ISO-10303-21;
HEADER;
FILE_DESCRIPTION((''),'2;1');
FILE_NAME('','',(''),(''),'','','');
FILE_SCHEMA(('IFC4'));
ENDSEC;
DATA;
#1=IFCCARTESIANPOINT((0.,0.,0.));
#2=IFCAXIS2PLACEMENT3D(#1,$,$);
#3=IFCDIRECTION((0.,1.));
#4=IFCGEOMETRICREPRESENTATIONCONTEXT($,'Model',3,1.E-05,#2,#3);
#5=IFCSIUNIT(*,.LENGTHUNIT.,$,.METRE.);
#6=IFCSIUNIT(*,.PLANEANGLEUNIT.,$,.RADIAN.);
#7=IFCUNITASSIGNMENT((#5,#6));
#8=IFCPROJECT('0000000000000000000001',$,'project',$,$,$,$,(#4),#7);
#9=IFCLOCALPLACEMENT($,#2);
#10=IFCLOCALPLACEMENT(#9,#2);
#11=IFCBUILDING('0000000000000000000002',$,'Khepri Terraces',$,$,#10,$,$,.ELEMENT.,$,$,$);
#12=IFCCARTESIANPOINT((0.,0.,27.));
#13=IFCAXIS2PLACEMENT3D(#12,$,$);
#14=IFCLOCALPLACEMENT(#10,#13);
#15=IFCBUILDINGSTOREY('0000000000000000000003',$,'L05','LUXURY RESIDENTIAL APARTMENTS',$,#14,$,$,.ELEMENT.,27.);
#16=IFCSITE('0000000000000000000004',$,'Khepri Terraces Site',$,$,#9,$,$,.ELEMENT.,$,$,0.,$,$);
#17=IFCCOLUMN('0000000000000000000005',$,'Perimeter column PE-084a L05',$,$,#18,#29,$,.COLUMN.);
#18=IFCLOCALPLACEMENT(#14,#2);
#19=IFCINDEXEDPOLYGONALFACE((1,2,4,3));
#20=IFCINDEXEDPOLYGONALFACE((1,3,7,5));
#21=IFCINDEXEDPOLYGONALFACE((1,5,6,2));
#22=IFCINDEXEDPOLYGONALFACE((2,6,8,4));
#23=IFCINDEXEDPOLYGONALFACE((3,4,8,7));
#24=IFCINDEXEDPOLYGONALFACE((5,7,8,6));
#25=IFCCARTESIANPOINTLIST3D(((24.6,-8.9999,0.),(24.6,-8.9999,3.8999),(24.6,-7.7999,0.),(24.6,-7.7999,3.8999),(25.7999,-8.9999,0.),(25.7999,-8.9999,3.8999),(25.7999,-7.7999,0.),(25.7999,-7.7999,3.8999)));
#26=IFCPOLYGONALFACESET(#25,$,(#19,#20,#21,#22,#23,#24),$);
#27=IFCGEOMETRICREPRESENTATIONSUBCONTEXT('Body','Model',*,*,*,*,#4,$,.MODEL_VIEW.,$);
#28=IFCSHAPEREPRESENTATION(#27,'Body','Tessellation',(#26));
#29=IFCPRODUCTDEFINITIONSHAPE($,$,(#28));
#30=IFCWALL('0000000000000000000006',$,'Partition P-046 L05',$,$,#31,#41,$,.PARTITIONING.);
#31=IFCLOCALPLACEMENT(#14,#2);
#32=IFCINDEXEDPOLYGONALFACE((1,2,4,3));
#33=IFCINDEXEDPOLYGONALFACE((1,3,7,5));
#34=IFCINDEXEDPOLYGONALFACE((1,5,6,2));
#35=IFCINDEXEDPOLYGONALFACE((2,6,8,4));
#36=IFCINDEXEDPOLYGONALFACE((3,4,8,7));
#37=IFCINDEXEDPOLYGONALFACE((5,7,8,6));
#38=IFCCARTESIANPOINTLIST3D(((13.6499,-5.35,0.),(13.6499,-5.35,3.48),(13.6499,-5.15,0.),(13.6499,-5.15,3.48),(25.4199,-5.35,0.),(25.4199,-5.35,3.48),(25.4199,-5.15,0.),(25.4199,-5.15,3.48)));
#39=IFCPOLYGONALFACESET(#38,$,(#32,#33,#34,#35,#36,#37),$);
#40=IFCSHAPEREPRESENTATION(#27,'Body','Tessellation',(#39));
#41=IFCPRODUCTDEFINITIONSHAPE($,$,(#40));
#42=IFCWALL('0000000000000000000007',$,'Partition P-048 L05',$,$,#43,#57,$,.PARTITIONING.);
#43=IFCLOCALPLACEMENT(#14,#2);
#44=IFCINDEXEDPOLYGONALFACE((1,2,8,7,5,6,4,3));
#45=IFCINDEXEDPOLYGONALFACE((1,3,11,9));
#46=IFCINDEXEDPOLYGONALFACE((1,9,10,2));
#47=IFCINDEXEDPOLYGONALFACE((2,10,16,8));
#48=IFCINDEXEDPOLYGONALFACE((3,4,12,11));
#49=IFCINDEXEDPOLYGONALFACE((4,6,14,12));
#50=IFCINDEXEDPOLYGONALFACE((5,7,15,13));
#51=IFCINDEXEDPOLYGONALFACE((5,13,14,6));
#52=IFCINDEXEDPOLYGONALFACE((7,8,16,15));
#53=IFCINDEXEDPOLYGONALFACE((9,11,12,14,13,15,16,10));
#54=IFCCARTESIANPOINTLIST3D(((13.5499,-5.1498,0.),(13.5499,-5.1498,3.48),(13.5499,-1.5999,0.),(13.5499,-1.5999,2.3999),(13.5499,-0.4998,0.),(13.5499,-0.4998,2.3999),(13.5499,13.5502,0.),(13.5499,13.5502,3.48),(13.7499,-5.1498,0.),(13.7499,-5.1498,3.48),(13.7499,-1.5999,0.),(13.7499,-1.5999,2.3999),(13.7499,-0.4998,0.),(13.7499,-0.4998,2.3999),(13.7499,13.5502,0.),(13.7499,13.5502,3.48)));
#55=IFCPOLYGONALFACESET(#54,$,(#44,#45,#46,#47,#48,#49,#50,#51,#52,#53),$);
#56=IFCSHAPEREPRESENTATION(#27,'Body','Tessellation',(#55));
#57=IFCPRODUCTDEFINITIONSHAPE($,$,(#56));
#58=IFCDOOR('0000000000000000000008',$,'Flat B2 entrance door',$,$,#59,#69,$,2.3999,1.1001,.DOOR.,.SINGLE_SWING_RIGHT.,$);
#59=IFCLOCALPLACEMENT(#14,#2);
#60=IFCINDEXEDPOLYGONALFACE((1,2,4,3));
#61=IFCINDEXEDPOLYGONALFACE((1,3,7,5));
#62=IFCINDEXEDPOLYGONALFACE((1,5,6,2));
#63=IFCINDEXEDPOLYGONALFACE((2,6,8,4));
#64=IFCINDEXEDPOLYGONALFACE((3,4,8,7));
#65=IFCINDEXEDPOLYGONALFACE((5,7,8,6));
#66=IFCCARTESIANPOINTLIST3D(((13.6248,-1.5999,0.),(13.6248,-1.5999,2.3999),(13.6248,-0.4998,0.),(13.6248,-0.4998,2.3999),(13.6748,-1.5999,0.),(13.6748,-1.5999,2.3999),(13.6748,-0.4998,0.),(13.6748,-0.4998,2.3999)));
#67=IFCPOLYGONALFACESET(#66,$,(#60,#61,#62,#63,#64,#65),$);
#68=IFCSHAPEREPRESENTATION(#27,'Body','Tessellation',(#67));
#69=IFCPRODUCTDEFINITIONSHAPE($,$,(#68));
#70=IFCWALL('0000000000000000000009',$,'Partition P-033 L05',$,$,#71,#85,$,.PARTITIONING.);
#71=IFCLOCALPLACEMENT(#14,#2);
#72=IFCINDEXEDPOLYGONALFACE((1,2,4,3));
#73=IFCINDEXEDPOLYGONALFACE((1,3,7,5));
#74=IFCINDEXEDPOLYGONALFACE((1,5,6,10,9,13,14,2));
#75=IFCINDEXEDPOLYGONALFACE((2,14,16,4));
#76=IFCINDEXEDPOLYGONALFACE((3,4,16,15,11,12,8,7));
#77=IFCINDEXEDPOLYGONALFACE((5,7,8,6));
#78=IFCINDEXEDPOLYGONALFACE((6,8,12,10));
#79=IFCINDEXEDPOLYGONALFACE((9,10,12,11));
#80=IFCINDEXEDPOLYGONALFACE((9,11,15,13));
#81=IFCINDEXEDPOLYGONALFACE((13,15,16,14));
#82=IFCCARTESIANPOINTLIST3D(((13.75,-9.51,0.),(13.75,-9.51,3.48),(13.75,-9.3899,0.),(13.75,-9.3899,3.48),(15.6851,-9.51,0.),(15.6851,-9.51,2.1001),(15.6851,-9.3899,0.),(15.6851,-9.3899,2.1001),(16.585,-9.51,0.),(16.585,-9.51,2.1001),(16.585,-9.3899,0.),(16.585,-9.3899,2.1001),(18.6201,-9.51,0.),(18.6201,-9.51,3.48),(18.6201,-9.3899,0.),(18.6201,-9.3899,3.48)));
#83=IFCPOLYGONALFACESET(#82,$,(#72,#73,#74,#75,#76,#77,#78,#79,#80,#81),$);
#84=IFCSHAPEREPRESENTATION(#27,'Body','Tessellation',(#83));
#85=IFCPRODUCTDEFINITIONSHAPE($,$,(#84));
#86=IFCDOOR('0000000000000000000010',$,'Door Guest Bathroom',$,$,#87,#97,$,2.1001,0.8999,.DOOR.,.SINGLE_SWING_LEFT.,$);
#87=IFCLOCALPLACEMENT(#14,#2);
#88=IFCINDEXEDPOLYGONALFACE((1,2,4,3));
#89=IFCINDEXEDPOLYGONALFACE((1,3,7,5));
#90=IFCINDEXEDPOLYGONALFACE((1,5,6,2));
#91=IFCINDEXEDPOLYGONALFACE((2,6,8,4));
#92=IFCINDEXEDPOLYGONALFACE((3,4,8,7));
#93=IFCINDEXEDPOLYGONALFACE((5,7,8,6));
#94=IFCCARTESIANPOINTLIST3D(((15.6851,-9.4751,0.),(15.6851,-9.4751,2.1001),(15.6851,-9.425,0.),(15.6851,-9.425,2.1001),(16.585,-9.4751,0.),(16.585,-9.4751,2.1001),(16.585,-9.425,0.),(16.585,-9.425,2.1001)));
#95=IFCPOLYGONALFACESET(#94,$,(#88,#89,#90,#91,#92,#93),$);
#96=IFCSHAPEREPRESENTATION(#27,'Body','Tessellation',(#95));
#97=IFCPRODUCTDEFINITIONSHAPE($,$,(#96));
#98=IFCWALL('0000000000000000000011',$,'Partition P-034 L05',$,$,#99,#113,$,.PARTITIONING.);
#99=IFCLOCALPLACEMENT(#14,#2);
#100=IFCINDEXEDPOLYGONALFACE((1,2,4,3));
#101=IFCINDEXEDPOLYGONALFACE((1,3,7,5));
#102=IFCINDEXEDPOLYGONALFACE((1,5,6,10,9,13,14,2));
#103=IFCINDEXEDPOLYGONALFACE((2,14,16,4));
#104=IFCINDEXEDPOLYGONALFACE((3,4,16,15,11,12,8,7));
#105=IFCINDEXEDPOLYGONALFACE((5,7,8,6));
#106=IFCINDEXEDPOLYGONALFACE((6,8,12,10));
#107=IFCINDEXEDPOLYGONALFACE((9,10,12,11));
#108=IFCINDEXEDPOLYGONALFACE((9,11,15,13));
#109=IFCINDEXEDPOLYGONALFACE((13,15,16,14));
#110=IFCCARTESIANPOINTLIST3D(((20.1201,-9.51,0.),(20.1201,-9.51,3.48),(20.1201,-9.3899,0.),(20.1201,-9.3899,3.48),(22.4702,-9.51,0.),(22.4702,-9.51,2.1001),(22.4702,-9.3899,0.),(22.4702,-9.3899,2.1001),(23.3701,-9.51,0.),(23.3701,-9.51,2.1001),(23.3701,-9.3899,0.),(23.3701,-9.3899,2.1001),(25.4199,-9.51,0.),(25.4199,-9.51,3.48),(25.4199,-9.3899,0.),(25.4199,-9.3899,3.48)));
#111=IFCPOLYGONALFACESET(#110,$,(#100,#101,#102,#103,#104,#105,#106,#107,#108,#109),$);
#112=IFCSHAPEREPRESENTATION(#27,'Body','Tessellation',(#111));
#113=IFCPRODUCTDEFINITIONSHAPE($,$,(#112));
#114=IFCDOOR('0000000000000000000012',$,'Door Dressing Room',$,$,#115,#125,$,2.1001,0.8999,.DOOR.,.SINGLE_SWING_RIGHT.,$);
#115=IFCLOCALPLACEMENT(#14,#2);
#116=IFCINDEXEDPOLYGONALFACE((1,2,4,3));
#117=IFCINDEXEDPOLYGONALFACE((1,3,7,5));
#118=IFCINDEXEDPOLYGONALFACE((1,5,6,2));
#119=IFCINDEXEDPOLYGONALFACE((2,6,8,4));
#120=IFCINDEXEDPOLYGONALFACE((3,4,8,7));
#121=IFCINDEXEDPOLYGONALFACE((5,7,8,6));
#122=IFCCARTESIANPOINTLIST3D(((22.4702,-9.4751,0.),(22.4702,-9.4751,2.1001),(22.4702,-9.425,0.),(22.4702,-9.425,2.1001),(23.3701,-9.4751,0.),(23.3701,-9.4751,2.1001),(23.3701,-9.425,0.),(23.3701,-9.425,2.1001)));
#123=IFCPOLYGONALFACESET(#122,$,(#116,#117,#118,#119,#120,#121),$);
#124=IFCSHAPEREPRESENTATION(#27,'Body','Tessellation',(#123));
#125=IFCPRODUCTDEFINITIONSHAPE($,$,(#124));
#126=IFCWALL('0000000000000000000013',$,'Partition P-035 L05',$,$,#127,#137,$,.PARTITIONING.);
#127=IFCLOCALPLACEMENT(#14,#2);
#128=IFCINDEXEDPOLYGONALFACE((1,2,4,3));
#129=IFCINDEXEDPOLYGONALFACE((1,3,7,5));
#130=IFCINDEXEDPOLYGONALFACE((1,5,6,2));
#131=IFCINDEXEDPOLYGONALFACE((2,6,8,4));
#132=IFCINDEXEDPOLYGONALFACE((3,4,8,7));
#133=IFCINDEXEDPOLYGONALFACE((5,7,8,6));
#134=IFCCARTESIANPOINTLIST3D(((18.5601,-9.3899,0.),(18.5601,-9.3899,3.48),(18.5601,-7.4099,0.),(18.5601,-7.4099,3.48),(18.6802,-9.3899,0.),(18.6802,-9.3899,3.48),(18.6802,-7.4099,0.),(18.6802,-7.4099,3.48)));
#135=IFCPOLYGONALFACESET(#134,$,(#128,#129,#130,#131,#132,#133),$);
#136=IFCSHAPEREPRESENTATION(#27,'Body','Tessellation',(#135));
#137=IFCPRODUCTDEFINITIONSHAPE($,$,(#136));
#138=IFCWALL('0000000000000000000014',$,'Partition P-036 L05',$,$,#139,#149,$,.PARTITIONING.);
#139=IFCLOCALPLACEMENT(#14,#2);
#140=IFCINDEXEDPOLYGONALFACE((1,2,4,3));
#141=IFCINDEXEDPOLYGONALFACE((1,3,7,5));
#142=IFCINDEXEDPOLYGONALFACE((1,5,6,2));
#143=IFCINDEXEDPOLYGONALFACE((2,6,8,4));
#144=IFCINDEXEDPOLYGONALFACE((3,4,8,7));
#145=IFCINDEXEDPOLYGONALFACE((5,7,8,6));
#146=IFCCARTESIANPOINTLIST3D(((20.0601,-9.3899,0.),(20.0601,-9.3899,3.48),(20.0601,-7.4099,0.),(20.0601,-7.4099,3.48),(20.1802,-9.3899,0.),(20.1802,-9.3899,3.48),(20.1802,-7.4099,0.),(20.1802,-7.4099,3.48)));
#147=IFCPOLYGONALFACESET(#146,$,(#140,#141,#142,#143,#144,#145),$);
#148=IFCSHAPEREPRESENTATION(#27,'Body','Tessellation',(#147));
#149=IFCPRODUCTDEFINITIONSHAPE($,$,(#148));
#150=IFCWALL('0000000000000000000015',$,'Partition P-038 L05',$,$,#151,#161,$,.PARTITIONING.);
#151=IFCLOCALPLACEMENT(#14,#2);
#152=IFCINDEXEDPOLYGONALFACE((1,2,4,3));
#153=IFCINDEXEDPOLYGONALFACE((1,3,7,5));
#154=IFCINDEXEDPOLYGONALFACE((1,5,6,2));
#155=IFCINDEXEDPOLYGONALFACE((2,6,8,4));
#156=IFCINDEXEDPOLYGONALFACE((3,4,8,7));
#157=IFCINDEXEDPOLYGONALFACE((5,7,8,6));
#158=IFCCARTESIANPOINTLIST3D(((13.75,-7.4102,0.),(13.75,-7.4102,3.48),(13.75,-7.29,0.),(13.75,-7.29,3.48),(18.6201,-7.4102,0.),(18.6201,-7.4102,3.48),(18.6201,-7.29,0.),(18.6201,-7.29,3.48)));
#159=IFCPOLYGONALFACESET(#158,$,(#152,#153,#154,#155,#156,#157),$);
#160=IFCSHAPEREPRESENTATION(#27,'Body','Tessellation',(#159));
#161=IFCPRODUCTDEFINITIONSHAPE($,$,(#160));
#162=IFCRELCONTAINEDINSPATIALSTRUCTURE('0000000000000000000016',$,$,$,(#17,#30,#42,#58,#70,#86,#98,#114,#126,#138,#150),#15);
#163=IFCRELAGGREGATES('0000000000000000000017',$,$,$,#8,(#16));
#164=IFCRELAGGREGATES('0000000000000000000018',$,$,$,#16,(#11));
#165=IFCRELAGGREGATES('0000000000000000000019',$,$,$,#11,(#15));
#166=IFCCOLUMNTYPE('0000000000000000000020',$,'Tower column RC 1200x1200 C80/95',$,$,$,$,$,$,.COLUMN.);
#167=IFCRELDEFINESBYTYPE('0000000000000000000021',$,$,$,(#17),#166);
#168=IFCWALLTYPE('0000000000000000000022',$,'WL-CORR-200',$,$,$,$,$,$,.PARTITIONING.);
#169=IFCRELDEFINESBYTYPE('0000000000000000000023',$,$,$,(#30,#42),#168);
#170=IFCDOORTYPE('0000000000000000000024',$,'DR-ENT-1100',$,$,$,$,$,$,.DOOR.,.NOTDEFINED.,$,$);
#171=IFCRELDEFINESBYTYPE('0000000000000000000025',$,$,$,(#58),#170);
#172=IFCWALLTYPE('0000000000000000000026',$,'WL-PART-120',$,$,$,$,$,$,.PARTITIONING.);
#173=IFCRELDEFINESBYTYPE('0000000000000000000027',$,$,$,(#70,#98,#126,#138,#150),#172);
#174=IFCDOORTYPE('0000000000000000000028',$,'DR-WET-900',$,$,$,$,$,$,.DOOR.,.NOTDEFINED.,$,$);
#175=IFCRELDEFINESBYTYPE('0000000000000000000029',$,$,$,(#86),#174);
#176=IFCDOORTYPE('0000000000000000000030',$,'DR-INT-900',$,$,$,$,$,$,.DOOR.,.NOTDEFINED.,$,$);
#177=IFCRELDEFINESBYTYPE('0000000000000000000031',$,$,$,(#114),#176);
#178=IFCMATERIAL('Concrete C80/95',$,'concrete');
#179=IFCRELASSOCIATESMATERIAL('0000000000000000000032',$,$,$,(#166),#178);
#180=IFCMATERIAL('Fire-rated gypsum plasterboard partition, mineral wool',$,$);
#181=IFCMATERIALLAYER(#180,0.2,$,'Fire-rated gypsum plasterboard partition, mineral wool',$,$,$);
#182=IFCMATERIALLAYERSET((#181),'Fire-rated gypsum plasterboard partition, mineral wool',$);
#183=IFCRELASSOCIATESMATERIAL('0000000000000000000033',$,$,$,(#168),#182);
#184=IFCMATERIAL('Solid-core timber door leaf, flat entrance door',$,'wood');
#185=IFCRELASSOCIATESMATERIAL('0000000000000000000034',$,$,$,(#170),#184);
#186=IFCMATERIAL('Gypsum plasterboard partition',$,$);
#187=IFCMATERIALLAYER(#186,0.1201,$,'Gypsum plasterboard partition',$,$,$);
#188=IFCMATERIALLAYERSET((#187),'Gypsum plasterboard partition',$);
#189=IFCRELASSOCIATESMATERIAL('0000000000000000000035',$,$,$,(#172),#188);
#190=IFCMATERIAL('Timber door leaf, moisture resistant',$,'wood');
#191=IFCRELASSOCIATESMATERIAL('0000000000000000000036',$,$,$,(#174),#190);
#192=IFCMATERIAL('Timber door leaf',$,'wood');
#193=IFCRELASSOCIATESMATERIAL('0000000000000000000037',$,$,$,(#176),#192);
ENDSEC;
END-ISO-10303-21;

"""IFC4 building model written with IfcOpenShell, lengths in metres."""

from ifc_helpers import new_model, si_unit, direction, frame, frame_2d, origin, origin_2d, place, context, subcontext, project, spatial, rectangle, extrude, material, layer, layer_set, material_profile, profile_set, type_object, element, fill, save


model = new_model("IFC4")

# Units and contexts
model_context = context("Model", 3, precision=1e-05, world=origin(), true_north=direction((0.0, 1.0)))
body_context = subcontext(model_context, "Body", "Model", "MODEL_VIEW")
ifc_project = project(units=[si_unit("LENGTHUNIT", "METRE"), si_unit("PLANEANGLEUNIT", "RADIAN")], contexts=[model_context])

# Site, building, storey
site_placement = place(None, origin())
site = spatial("IfcSite", under=ifc_project, at=site_placement, Name="Khepri Terraces Site", CompositionType="ELEMENT", RefElevation=0.0)
building_placement = place(site_placement, origin())
building = spatial("IfcBuilding", under=site, at=building_placement, Name="Khepri Terraces", CompositionType="ELEMENT")
storey_placement = place(building_placement, frame((0.0, 0.0, 27.0)))
storey = spatial("IfcBuildingStorey", under=building, at=storey_placement, Name="L05", Description="LUXURY RESIDENTIAL APARTMENTS", CompositionType="ELEMENT", Elevation=27.0)

# Column
ifc_material_1 = material(Name="Concrete C80/95", Category="concrete")
ifc_material_profile = material_profile(ifc_material_1, rectangle(XDim=1.2, YDim=1.2, at=origin_2d()), Name="Concrete C80/95", Category="concrete")
ifc_profile_set = profile_set([ifc_material_profile], Name="Concrete C80/95")
column_type = type_object("IfcColumnType", Name="Tower column RC 1200x1200 C80/95", PredefinedType="COLUMN", material=ifc_profile_set)
column_placement = place(storey_placement, frame((25.2, -8.3999, 0.0), z_axis=(0.0, 0.0, 1.0), x_axis=(1.0, 0.0, 0.0)))
element("IfcColumn", 1, at=column_placement, inside=storey, type_object=column_type, Name="Perimeter column PE-084a L05", PredefinedType="COLUMN", context=body_context, shape_type="SweptSolid", body=[
    extrude(rectangle(XDim=1.2, YDim=1.2, at=origin_2d()), origin(), (0.0, 0.0, 1.0), 3.8999),
])

# Wall
ifc_material_2 = material(Name="Fire-rated gypsum plasterboard partition, mineral wool")
ifc_layer_1 = layer(ifc_material_2, 0.2, Name="Fire-rated gypsum plasterboard partition, mineral wool")
ifc_layer_set_1 = layer_set([ifc_layer_1], Name="Fire-rated gypsum plasterboard partition, mineral wool")
wall_type_1 = type_object("IfcWallType", Name="WL-CORR-200", PredefinedType="PARTITIONING", material=ifc_layer_set_1)
wall_1_placement = place(storey_placement, frame((13.6499, -5.25, 0.0), z_axis=(0.0, 0.0, 1.0), x_axis=(1.0, 0.0, 0.0)))
element("IfcWall", 2, at=wall_1_placement, inside=storey, type_object=wall_type_1, Name="Partition P-046 L05", PredefinedType="PARTITIONING", context=body_context, shape_type="SweptSolid", body=[
    extrude(rectangle(XDim=11.77, YDim=0.2, at=frame_2d((5.885, 0.0))), origin(), (0.0, 0.0, 1.0), 3.48),
])

# Wall, opening, door
wall_2_placement = place(storey_placement, frame((13.6499, -5.1499, 0.0), z_axis=(0.0, 0.0, 1.0), x_axis=(0.0, 1.0, 0.0)))
wall_2 = element("IfcWall", 3, at=wall_2_placement, inside=storey, type_object=wall_type_1, Name="Partition P-048 L05", PredefinedType="PARTITIONING", context=body_context, shape_type="SweptSolid", body=[
    extrude(rectangle(XDim=18.7, YDim=0.2, at=frame_2d((9.3501, 0.0))), origin(), (0.0, 0.0, 1.0), 3.48),
])
opening_1_placement = place(wall_2_placement, frame((3.55, 0.0, 0.0)))
opening_1 = element("IfcOpeningElement", 4, at=opening_1_placement, cuts=wall_2, PredefinedType="OPENING", context=body_context, shape_type="SweptSolid", body=[
    extrude(rectangle(XDim=1.1001, YDim=2.3999, at=frame_2d((0.55, 1.2))), frame((0.0, 0.1099, 0.0), z_axis=(0.0, -1.0, 0.0), x_axis=(1.0, 0.0, 0.0)), (0.0, 0.0, 1.0), 0.22),
])
ifc_material_3 = material(Name="Solid-core timber door leaf, flat entrance door", Category="wood")
door_type_1 = type_object("IfcDoorType", Name="DR-ENT-1100", OperationType="NOTDEFINED", PredefinedType="DOOR", material=ifc_material_3)
door_1_placement = place(opening_1_placement, frame((1.1001, 0.0, 0.0), z_axis=(0.0, 0.0, 1.0), x_axis=(-1.0, 0.0, 0.0)))
door_1 = element("IfcDoor", 5, at=door_1_placement, inside=storey, type_object=door_type_1, Name="Flat B2 entrance door", OperationType="SINGLE_SWING_RIGHT", OverallHeight=2.3999, OverallWidth=1.1001, PredefinedType="DOOR", context=body_context, shape_type="SweptSolid", body=[
    extrude(rectangle(XDim=1.1001, YDim=2.3999, at=frame_2d((0.55, 1.2))), frame((0.0, 0.0249, 0.0), z_axis=(0.0, -1.0, 0.0), x_axis=(1.0, 0.0, 0.0)), (0.0, 0.0, 1.0), 0.05),
])
fill(opening_1, door_1)

# Walls, openings, doors
ifc_material_4 = material(Name="Gypsum plasterboard partition")
ifc_layer_2 = layer(ifc_material_4, 0.1201, Name="Gypsum plasterboard partition")
ifc_layer_set_2 = layer_set([ifc_layer_2], Name="Gypsum plasterboard partition")
wall_type_2 = type_object("IfcWallType", Name="WL-PART-120", PredefinedType="PARTITIONING", material=ifc_layer_set_2)
wall_3_placement = place(storey_placement, frame((13.75, -9.45, 0.0), z_axis=(0.0, 0.0, 1.0), x_axis=(1.0, 0.0, 0.0)))
wall_3 = element("IfcWall", 6, at=wall_3_placement, inside=storey, type_object=wall_type_2, Name="Partition P-033 L05", PredefinedType="PARTITIONING", context=body_context, shape_type="SweptSolid", body=[
    extrude(rectangle(XDim=4.8701, YDim=0.1201, at=frame_2d((2.4351, 0.0))), origin(), (0.0, 0.0, 1.0), 3.48),
])
opening_2_placement = place(wall_3_placement, frame((1.9351, 0.0, 0.0)))
opening_2 = element("IfcOpeningElement", 7, at=opening_2_placement, cuts=wall_3, PredefinedType="OPENING", context=body_context, shape_type="SweptSolid", body=[
    extrude(rectangle(XDim=0.8999, YDim=2.1001, at=frame_2d((0.45, 1.05))), frame((0.0, 0.0701, 0.0), z_axis=(0.0, -1.0, 0.0), x_axis=(1.0, 0.0, 0.0)), (0.0, 0.0, 1.0), 0.1401),
])
ifc_material_5 = material(Name="Timber door leaf, moisture resistant", Category="wood")
door_type_2 = type_object("IfcDoorType", Name="DR-WET-900", OperationType="NOTDEFINED", PredefinedType="DOOR", material=ifc_material_5)
door_2_placement = place(opening_2_placement, origin())
door_2 = element("IfcDoor", 8, at=door_2_placement, inside=storey, type_object=door_type_2, Name="Door Guest Bathroom", OperationType="SINGLE_SWING_LEFT", OverallHeight=2.1001, OverallWidth=0.8999, PredefinedType="DOOR", context=body_context, shape_type="SweptSolid", body=[
    extrude(rectangle(XDim=0.8999, YDim=2.1001, at=frame_2d((0.45, 1.05))), frame((0.0, 0.0249, 0.0), z_axis=(0.0, -1.0, 0.0), x_axis=(1.0, 0.0, 0.0)), (0.0, 0.0, 1.0), 0.05),
])
fill(opening_2, door_2)
wall_4_placement = place(storey_placement, frame((20.1201, -9.45, 0.0), z_axis=(0.0, 0.0, 1.0), x_axis=(1.0, 0.0, 0.0)))
wall_4 = element("IfcWall", 9, at=wall_4_placement, inside=storey, type_object=wall_type_2, Name="Partition P-034 L05", PredefinedType="PARTITIONING", context=body_context, shape_type="SweptSolid", body=[
    extrude(rectangle(XDim=5.2998, YDim=0.1201, at=frame_2d((2.6499, 0.0))), origin(), (0.0, 0.0, 1.0), 3.48),
])
opening_3_placement = place(wall_4_placement, frame((2.3501, 0.0, 0.0)))
opening_3 = element("IfcOpeningElement", 10, at=opening_3_placement, cuts=wall_4, PredefinedType="OPENING", context=body_context, shape_type="SweptSolid", body=[
    extrude(rectangle(XDim=0.8999, YDim=2.1001, at=frame_2d((0.45, 1.05))), frame((0.0, 0.0701, 0.0), z_axis=(0.0, -1.0, 0.0), x_axis=(1.0, 0.0, 0.0)), (0.0, 0.0, 1.0), 0.1401),
])
ifc_material_6 = material(Name="Timber door leaf", Category="wood")
door_type_3 = type_object("IfcDoorType", Name="DR-INT-900", OperationType="NOTDEFINED", PredefinedType="DOOR", material=ifc_material_6)
door_3_placement = place(opening_3_placement, origin())
door_3 = element("IfcDoor", 11, at=door_3_placement, inside=storey, type_object=door_type_3, Name="Door Dressing Room", OperationType="SINGLE_SWING_RIGHT", OverallHeight=2.1001, OverallWidth=0.8999, PredefinedType="DOOR", context=body_context, shape_type="SweptSolid", body=[
    extrude(rectangle(XDim=0.8999, YDim=2.1001, at=frame_2d((0.45, 1.05))), frame((0.0, 0.0249, 0.0), z_axis=(0.0, -1.0, 0.0), x_axis=(1.0, 0.0, 0.0)), (0.0, 0.0, 1.0), 0.05),
])
fill(opening_3, door_3)

# Walls
for number, where, z_axis, x_axis, name in (
    (12, (18.6201, -9.3899, 0.0), (0.0, 0.0, 1.0), (0.0, 1.0, 0.0), "Partition P-035 L05"),
    (13, (20.1201, -9.3899, 0.0), (0.0, 0.0, 1.0), (0.0, 1.0, 0.0), "Partition P-036 L05"),
):
    element("IfcWall", number, at=place(storey_placement, frame(where, z_axis=z_axis, x_axis=x_axis)), inside=storey, type_object=wall_type_2, Name=name, PredefinedType="PARTITIONING", context=body_context, shape_type="SweptSolid", body=[
        extrude(rectangle(XDim=1.98, YDim=0.1201, at=frame_2d((0.99, 0.0))), origin(), (0.0, 0.0, 1.0), 3.48),
    ])
wall_5_placement = place(storey_placement, frame((13.75, -7.3501, 0.0), z_axis=(0.0, 0.0, 1.0), x_axis=(1.0, 0.0, 0.0)))
element("IfcWall", 14, at=wall_5_placement, inside=storey, type_object=wall_type_2, Name="Partition P-038 L05", PredefinedType="PARTITIONING", context=body_context, shape_type="SweptSolid", body=[
    extrude(rectangle(XDim=4.8701, YDim=0.1201, at=frame_2d((2.4351, 0.0))), origin(), (0.0, 0.0, 1.0), 3.48),
])

save(model, "model.ifc")
